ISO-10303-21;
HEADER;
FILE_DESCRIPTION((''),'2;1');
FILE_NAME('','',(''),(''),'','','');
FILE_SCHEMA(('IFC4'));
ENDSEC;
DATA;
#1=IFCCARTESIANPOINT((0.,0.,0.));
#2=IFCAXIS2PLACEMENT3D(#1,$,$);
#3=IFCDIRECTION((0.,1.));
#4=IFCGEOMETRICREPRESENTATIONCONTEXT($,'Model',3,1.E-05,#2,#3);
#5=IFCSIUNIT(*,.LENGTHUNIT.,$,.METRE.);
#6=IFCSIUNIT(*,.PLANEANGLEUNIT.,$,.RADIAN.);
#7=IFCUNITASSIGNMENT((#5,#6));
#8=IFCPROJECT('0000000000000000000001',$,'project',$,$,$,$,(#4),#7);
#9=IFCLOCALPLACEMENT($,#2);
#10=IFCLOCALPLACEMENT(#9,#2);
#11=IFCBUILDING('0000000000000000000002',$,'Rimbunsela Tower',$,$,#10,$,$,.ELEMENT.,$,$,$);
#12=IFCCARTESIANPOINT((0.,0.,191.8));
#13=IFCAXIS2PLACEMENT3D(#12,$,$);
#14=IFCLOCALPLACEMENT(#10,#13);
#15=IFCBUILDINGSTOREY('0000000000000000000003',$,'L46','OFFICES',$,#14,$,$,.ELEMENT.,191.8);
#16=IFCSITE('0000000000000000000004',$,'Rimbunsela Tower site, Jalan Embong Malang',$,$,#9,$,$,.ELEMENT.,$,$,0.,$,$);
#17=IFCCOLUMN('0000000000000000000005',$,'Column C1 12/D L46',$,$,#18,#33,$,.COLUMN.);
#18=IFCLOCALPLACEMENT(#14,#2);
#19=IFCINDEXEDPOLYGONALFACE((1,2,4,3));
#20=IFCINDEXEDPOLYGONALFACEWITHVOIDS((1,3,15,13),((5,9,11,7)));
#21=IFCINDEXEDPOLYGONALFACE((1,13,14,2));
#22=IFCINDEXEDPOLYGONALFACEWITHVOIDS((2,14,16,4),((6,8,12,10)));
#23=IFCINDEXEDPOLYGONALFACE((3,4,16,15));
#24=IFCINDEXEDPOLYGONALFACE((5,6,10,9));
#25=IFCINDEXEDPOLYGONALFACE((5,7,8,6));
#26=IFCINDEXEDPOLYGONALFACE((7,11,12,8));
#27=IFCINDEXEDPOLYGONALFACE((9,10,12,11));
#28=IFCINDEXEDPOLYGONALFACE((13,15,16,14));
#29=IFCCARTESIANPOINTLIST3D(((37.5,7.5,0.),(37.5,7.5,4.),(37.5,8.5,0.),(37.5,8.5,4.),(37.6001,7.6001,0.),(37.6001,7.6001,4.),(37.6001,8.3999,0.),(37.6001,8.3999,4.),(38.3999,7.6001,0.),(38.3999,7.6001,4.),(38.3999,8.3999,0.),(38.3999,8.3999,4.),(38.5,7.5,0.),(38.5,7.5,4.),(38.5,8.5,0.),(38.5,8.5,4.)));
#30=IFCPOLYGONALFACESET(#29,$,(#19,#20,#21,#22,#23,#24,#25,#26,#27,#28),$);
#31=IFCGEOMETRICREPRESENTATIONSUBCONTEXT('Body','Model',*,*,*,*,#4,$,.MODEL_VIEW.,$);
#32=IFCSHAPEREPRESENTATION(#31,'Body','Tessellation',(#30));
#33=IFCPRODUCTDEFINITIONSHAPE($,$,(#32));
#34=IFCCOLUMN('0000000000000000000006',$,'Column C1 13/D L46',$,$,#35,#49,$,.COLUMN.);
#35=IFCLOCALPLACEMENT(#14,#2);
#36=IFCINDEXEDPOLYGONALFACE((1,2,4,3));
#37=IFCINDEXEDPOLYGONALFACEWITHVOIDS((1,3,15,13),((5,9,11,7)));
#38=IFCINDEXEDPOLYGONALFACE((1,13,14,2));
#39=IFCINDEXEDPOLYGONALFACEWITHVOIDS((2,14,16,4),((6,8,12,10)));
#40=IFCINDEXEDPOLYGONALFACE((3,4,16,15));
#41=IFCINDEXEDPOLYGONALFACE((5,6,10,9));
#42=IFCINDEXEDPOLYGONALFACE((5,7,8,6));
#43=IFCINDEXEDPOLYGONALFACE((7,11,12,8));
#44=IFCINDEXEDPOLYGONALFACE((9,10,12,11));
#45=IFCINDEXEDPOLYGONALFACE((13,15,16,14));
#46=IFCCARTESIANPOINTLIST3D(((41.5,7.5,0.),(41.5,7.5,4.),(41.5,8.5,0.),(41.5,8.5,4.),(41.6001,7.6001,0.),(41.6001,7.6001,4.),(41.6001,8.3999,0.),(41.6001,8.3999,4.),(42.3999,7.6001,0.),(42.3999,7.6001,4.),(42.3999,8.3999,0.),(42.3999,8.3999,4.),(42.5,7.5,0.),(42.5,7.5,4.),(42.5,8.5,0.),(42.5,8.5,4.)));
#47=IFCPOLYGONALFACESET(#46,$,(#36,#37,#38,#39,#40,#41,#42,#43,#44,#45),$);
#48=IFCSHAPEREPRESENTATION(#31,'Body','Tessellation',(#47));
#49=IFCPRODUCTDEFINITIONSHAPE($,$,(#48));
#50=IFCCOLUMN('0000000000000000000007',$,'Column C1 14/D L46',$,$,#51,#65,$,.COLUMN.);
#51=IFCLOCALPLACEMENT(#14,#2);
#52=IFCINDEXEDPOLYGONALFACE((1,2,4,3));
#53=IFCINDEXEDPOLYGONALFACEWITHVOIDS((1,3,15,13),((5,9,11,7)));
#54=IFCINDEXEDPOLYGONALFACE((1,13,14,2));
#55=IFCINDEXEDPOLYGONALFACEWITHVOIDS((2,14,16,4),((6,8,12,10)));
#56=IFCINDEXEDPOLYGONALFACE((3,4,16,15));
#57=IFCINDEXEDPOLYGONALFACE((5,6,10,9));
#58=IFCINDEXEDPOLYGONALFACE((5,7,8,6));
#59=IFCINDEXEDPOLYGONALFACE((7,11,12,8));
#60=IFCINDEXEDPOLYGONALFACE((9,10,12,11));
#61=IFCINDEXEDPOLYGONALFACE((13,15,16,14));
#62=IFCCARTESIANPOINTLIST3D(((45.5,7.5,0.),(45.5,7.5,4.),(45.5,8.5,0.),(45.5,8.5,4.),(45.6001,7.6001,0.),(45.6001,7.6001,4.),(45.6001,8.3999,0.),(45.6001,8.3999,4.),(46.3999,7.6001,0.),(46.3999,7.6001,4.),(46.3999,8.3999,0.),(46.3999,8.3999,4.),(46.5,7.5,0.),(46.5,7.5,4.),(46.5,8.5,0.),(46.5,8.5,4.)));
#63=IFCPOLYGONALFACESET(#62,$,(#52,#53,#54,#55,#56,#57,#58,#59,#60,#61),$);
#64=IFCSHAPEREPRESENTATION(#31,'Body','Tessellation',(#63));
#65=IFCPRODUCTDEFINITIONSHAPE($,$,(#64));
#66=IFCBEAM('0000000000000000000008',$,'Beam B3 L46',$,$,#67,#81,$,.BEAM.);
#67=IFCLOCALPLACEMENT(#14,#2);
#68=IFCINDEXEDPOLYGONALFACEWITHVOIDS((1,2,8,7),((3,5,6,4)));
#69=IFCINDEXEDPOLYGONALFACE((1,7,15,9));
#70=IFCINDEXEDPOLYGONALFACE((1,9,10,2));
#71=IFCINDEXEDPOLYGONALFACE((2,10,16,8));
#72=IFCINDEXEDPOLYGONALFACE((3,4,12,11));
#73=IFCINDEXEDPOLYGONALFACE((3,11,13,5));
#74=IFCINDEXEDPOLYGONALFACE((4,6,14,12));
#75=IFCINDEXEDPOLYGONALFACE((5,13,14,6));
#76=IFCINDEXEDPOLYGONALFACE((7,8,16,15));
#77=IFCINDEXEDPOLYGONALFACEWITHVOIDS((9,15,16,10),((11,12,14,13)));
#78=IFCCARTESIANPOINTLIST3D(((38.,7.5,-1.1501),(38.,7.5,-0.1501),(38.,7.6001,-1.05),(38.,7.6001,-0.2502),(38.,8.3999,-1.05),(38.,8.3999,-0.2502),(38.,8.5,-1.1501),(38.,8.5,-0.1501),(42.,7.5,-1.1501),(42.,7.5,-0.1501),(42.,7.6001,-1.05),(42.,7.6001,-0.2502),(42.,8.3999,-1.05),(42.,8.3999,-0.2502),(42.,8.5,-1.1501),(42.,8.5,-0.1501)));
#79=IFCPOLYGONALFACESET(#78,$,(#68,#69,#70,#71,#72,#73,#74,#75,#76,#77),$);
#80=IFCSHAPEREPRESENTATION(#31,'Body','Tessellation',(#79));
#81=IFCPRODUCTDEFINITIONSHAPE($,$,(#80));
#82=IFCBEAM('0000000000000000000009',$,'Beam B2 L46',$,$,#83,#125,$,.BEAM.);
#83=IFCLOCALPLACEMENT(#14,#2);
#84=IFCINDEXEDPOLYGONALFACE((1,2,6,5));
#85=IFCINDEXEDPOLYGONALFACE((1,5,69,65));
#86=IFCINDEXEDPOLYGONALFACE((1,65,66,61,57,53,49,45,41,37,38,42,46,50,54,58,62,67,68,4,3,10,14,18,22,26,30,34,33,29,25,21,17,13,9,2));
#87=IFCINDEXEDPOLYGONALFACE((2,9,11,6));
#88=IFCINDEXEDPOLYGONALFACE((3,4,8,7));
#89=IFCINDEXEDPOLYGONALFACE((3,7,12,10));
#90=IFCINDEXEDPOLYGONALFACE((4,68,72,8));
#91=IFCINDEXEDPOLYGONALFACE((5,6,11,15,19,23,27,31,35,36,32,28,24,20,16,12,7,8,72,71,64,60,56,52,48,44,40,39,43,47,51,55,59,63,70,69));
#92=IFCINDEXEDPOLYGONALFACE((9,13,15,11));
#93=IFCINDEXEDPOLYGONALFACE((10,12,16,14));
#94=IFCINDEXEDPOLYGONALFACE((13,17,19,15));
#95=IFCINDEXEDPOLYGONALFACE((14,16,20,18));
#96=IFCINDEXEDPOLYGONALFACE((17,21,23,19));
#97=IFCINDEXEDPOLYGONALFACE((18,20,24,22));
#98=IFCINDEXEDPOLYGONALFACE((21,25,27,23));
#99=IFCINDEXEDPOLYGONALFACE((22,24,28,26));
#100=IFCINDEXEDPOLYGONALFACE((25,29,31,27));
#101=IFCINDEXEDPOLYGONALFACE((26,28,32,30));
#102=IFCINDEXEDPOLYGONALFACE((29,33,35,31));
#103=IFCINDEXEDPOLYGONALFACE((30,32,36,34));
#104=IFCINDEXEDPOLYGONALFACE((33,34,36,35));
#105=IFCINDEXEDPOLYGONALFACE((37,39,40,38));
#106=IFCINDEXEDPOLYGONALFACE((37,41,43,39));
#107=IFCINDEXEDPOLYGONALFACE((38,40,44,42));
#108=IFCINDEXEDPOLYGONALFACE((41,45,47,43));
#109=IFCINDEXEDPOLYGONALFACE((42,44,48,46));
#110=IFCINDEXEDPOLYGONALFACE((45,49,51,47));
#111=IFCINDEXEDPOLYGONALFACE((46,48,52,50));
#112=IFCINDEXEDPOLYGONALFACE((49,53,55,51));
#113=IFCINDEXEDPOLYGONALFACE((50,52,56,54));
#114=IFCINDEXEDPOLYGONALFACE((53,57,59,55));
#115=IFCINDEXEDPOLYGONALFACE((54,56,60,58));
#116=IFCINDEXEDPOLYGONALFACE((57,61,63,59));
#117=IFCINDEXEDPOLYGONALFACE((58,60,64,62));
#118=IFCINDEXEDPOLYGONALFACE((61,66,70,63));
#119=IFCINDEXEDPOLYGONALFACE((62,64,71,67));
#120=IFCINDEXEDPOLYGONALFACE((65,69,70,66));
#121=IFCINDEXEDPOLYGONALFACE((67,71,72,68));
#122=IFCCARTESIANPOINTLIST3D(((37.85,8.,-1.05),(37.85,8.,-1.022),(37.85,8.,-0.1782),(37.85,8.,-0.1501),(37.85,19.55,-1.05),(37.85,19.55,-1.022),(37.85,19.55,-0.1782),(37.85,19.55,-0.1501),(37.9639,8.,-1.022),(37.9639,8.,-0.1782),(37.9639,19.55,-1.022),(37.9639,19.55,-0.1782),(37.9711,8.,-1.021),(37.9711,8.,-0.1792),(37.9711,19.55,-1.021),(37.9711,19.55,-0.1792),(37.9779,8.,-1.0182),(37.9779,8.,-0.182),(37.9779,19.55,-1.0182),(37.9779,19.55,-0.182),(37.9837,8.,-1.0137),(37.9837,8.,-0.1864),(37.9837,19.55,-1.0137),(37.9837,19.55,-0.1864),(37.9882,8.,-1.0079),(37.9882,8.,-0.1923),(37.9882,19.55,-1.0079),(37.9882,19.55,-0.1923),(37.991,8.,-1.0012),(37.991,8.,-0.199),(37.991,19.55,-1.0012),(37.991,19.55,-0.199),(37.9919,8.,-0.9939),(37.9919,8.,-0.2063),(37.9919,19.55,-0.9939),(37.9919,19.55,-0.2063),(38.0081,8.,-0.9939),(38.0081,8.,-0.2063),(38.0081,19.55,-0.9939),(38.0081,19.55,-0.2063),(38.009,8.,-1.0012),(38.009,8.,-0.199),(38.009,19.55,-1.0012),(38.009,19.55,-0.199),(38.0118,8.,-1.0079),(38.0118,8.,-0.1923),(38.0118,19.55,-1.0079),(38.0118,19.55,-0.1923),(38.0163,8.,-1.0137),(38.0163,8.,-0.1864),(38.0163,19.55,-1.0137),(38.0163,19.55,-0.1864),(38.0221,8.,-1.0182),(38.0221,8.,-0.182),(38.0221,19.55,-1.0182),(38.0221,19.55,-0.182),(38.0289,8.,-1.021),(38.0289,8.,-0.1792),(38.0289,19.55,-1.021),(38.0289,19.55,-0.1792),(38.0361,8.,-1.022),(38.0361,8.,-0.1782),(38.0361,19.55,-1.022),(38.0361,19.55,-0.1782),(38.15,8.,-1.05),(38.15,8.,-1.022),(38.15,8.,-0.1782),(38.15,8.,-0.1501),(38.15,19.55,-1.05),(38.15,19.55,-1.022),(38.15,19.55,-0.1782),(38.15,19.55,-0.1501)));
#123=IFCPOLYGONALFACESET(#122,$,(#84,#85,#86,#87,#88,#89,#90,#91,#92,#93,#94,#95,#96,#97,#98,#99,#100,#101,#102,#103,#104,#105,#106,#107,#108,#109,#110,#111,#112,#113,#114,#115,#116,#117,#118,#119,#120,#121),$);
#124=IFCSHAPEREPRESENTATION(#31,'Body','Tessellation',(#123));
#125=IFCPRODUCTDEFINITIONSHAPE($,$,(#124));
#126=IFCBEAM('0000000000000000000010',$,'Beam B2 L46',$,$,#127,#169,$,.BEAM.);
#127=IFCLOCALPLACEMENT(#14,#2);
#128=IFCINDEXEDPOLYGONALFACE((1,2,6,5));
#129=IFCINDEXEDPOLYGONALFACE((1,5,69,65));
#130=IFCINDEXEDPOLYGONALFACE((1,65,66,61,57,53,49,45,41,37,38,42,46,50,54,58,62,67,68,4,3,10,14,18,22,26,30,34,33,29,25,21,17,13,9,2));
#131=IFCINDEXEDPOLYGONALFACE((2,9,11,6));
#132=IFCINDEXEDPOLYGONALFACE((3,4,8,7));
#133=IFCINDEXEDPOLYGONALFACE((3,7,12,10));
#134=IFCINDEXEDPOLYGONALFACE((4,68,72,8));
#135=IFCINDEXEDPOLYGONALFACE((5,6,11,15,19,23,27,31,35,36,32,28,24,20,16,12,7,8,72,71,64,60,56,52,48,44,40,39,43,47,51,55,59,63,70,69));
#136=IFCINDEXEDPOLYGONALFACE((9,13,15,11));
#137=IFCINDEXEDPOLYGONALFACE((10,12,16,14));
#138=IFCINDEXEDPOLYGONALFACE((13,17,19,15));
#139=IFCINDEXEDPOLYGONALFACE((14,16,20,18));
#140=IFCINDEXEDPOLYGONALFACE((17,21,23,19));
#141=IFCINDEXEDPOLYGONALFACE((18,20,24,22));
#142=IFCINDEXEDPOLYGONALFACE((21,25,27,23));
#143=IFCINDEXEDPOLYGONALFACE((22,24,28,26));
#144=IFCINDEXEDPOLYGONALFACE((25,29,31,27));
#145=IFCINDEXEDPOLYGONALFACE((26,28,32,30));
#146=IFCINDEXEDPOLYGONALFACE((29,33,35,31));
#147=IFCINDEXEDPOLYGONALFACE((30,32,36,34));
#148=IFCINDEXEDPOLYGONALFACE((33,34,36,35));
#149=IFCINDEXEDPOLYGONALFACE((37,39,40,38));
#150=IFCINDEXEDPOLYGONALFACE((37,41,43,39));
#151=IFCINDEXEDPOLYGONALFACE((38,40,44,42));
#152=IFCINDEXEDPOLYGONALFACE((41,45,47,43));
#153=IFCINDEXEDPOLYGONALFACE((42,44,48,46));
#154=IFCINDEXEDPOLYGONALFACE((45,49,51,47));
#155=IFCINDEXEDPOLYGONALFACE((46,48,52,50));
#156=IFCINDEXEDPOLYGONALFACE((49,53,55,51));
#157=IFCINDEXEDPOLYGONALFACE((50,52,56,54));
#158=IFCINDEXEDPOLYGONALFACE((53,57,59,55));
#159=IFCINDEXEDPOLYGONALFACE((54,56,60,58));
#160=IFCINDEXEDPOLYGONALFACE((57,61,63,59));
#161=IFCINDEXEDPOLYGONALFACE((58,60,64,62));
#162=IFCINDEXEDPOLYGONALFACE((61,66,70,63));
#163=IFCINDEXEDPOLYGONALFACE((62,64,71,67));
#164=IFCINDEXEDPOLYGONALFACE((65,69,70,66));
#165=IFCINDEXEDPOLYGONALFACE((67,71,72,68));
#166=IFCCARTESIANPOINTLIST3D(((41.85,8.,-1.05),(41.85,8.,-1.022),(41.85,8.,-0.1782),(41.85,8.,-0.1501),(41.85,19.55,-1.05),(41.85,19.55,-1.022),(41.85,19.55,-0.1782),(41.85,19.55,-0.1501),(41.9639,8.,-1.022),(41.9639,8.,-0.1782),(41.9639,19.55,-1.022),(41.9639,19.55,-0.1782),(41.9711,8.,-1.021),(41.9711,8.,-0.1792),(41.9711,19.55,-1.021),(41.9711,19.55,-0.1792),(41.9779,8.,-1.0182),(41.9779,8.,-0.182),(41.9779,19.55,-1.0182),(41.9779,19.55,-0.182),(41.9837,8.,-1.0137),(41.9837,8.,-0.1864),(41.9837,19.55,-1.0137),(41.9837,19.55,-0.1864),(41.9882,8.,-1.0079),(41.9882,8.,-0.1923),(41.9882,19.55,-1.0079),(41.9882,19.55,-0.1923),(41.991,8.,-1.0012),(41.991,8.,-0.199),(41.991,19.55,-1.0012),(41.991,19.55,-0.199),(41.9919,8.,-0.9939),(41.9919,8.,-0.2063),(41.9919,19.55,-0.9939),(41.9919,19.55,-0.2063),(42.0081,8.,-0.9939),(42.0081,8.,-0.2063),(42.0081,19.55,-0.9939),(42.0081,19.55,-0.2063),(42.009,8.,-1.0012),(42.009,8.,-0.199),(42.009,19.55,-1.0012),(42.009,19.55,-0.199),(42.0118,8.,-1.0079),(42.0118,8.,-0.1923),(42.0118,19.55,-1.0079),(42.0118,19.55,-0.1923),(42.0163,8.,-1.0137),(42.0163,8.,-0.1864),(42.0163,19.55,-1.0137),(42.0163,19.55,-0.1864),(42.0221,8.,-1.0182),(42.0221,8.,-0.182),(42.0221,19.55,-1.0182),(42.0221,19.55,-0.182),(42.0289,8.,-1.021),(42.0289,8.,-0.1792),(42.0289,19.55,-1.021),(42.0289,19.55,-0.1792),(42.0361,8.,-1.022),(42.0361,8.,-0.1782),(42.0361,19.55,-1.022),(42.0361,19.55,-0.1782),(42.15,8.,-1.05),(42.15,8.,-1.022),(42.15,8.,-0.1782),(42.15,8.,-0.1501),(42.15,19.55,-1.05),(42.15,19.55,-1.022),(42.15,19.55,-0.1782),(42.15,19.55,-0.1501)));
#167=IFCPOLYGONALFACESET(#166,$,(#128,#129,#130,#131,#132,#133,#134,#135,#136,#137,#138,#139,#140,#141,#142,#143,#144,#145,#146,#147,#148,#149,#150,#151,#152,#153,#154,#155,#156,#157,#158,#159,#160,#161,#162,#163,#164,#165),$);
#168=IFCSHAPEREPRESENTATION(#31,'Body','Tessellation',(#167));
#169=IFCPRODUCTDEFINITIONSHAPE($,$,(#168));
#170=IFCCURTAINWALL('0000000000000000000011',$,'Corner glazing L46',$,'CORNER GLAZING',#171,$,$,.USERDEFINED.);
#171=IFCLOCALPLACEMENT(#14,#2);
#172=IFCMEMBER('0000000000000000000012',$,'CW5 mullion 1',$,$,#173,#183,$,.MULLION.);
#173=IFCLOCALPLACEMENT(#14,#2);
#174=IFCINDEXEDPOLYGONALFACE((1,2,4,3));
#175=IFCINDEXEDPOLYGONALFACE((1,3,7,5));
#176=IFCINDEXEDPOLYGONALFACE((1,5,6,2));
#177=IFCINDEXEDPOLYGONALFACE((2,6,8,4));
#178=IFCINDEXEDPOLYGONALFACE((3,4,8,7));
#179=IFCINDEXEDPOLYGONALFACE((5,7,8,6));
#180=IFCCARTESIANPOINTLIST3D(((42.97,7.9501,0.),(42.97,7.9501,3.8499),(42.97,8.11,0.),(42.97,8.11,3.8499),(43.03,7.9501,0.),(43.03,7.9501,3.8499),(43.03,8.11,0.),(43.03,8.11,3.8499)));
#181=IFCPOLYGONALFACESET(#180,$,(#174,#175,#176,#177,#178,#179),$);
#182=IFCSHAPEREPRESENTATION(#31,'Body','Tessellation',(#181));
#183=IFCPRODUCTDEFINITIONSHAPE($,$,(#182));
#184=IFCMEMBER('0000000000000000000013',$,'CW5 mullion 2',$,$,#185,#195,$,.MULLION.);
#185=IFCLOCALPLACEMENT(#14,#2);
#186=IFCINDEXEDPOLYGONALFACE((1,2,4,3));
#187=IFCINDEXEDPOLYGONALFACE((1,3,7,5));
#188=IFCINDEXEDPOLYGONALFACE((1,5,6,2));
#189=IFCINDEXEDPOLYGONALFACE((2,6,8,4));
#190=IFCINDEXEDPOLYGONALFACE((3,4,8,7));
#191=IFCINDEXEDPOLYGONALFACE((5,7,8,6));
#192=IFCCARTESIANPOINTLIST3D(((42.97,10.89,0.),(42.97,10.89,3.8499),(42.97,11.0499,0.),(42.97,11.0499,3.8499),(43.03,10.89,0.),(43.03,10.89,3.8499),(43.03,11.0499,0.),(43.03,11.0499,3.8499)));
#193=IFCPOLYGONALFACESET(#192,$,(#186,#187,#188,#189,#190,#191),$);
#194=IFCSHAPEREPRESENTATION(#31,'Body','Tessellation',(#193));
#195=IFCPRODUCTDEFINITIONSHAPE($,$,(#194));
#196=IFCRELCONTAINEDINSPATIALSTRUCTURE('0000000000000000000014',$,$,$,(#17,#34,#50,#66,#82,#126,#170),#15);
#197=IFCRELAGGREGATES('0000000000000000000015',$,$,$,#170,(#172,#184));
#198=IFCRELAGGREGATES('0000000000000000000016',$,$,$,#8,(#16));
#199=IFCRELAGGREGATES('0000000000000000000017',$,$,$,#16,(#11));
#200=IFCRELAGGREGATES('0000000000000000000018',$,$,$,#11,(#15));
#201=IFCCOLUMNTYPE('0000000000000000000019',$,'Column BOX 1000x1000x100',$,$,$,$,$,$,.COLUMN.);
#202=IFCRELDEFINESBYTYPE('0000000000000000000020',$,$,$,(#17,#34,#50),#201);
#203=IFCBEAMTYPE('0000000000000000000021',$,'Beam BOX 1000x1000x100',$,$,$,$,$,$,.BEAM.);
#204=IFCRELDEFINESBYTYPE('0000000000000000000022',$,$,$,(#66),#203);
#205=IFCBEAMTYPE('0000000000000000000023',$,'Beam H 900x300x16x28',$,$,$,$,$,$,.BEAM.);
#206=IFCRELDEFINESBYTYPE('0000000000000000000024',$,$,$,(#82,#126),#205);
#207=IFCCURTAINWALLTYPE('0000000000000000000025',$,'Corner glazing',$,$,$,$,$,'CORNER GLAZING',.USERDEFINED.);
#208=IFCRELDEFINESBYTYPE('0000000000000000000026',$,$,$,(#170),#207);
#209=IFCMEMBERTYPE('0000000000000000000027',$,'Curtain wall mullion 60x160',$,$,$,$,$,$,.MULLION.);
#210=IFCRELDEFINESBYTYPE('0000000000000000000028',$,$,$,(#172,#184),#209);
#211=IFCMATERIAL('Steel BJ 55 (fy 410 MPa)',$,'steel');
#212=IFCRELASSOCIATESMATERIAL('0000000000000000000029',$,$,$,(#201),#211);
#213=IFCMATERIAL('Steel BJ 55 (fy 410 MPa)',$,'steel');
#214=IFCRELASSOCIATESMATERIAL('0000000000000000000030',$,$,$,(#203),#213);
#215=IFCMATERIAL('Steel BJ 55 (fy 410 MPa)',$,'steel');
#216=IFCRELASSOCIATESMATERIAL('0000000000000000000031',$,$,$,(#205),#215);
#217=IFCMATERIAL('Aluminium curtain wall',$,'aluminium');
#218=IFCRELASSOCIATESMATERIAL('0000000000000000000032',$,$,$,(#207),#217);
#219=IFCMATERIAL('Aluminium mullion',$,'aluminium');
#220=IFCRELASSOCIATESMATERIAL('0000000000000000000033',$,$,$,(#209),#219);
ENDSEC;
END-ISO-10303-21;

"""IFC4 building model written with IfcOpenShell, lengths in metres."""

from ifc_helpers import new_model, si_unit, direction, frame, origin, origin_2d, place, context, subcontext, project, spatial, rectangle, hollow_rectangle, i_section, extrude, material, material_profile, profile_set, type_object, element, aggregate, save


model = new_model("IFC4")

# Units and contexts
model_context = context("Model", 3, precision=1e-05, world=origin(), true_north=direction((0.0, 1.0)))
body_context = subcontext(model_context, "Body", "Model", "MODEL_VIEW")
ifc_project = project(units=[si_unit("LENGTHUNIT", "METRE"), si_unit("PLANEANGLEUNIT", "RADIAN")], contexts=[model_context])

# Site, building, storey
site_placement = place(None, origin())
site = spatial("IfcSite", under=ifc_project, at=site_placement, Name="Rimbunsela Tower site, Jalan Embong Malang", CompositionType="ELEMENT", RefElevation=0.0)
building_placement = place(site_placement, origin())
building = spatial("IfcBuilding", under=site, at=building_placement, Name="Rimbunsela Tower", CompositionType="ELEMENT")
storey_placement = place(building_placement, frame((0.0, 0.0, 191.8)))
storey = spatial("IfcBuildingStorey", under=building, at=storey_placement, Name="L46", Description="OFFICES", CompositionType="ELEMENT", Elevation=191.8)

# Columns
ifc_material_1 = material(Name="Steel BJ 55 (fy 410 MPa)", Category="steel")
ifc_material_profile_1 = material_profile(ifc_material_1, hollow_rectangle(XDim=1.0, YDim=1.0, WallThickness=0.1001, at=origin_2d()), Name="BOX 1000x1000x100")
ifc_profile_set_1 = profile_set([ifc_material_profile_1], Name="Steel BJ 55 (fy 410 MPa)")
column_type = type_object("IfcColumnType", Name="Column BOX 1000x1000x100", PredefinedType="COLUMN", material=ifc_profile_set_1)
for number, where, z_axis, x_axis, name in (
    (1, (38.0, 8.0, 0.0), (0.0, 0.0, 1.0), (1.0, 0.0, 0.0), "Column C1 12/D L46"),
    (2, (42.0, 8.0, 0.0), (0.0, 0.0, 1.0), (1.0, 0.0, 0.0), "Column C1 13/D L46"),
    (3, (46.0, 8.0, 0.0), (0.0, 0.0, 1.0), (1.0, 0.0, 0.0), "Column C1 14/D L46"),
):
    element("IfcColumn", number, at=place(storey_placement, frame(where, z_axis=z_axis, x_axis=x_axis)), inside=storey, type_object=column_type, Name=name, PredefinedType="COLUMN", context=body_context, shape_type="SweptSolid", body=[
        extrude(hollow_rectangle(XDim=1.0, YDim=1.0, WallThickness=0.1001, at=origin_2d()), origin(), (0.0, 0.0, 1.0), 4.0),
    ])

# Beams
ifc_material_2 = material(Name="Steel BJ 55 (fy 410 MPa)", Category="steel")
ifc_material_profile_2 = material_profile(ifc_material_2, hollow_rectangle(XDim=1.0, YDim=1.0, WallThickness=0.1001, at=origin_2d()), Name="BOX 1000x1000x100")
ifc_profile_set_2 = profile_set([ifc_material_profile_2], Name="Steel BJ 55 (fy 410 MPa)")
beam_type_1 = type_object("IfcBeamType", Name="Beam BOX 1000x1000x100", PredefinedType="BEAM", material=ifc_profile_set_2)
beam_placement = place(storey_placement, frame((38.0, 8.0, -0.6501), z_axis=(1.0, 0.0, 0.0), x_axis=(0.0, 1.0, 0.0)))
element("IfcBeam", 4, at=beam_placement, inside=storey, type_object=beam_type_1, Name="Beam B3 L46", PredefinedType="BEAM", context=body_context, shape_type="SweptSolid", body=[
    extrude(hollow_rectangle(XDim=1.0, YDim=1.0, WallThickness=0.1001, at=origin_2d()), origin(), (0.0, 0.0, 1.0), 4.0),
])
ifc_material_3 = material(Name="Steel BJ 55 (fy 410 MPa)", Category="steel")
ifc_material_profile_3 = material_profile(ifc_material_3, i_section(OverallWidth=0.3, OverallDepth=0.8999, WebThickness=0.0161, FlangeThickness=0.0281, FilletRadius=0.0281, at=origin_2d()), Name="H 900x300x16x28")
ifc_profile_set_3 = profile_set([ifc_material_profile_3], Name="Steel BJ 55 (fy 410 MPa)")
beam_type_2 = type_object("IfcBeamType", Name="Beam H 900x300x16x28", PredefinedType="BEAM", material=ifc_profile_set_3)
for number, where, z_axis, x_axis, name in (
    (5, (38.0, 8.0, -0.6001), (0.0, 1.0, 0.0), (-1.0, 0.0, 0.0), "Beam B2 L46"),
    (6, (42.0, 8.0, -0.6001), (0.0, 1.0, 0.0), (-1.0, 0.0, 0.0), "Beam B2 L46"),
):
    element("IfcBeam", number, at=place(storey_placement, frame(where, z_axis=z_axis, x_axis=x_axis)), inside=storey, type_object=beam_type_2, Name=name, PredefinedType="BEAM", context=body_context, shape_type="SweptSolid", body=[
        extrude(i_section(OverallWidth=0.3, OverallDepth=0.8999, WebThickness=0.0161, FlangeThickness=0.0281, FilletRadius=0.0281, at=origin_2d()), origin(), (0.0, 0.0, 1.0), 11.55),
    ])

# Curtain wall, members
ifc_material_4 = material(Name="Aluminium curtain wall", Category="aluminium")
curtain_wall_type = type_object("IfcCurtainWallType", Name="Corner glazing", ElementType="CORNER GLAZING", PredefinedType="USERDEFINED", material=ifc_material_4)
curtain_wall_1_placement = place(storey_placement, origin())
curtain_wall_1 = element("IfcCurtainWall", 7, at=curtain_wall_1_placement, inside=storey, type_object=curtain_wall_type, Name="Corner glazing L46", ObjectType="CORNER GLAZING", PredefinedType="USERDEFINED")
ifc_material_5 = material(Name="Aluminium mullion", Category="aluminium")
ifc_material_profile_4 = material_profile(ifc_material_5, rectangle(XDim=0.0601, YDim=0.1599, at=origin_2d()), Name="Mullion 60x160")
ifc_profile_set_4 = profile_set([ifc_material_profile_4], Name="Aluminium mullion")
member_type_1 = type_object("IfcMemberType", Name="Curtain wall mullion 60x160", PredefinedType="MULLION", material=ifc_profile_set_4)
member_1_placement = place(storey_placement, frame((43.0, 8.03, 0.0), z_axis=(0.0, 0.0, 1.0), x_axis=(-1.0, 0.0, 0.0)))
member_1 = element("IfcMember", 8, at=member_1_placement, type_object=member_type_1, Name="CW5 mullion 1", PredefinedType="MULLION", context=body_context, shape_type="SweptSolid", body=[
    extrude(rectangle(XDim=0.0601, YDim=0.1599, at=origin_2d()), origin(), (0.0, 0.0, 1.0), 3.8499),
])
member_2_placement = place(storey_placement, frame((43.0, 10.97, 0.0), z_axis=(0.0, 0.0, 1.0), x_axis=(-1.0, 0.0, 0.0)))
member_2 = element("IfcMember", 9, at=member_2_placement, type_object=member_type_1, Name="CW5 mullion 2", PredefinedType="MULLION", context=body_context, shape_type="SweptSolid", body=[
    extrude(rectangle(XDim=0.0601, YDim=0.1599, at=origin_2d()), origin(), (0.0, 0.0, 1.0), 3.8499),
])

aggregate(curtain_wall_1, [member_1, member_2])

save(model, "model.ifc")
